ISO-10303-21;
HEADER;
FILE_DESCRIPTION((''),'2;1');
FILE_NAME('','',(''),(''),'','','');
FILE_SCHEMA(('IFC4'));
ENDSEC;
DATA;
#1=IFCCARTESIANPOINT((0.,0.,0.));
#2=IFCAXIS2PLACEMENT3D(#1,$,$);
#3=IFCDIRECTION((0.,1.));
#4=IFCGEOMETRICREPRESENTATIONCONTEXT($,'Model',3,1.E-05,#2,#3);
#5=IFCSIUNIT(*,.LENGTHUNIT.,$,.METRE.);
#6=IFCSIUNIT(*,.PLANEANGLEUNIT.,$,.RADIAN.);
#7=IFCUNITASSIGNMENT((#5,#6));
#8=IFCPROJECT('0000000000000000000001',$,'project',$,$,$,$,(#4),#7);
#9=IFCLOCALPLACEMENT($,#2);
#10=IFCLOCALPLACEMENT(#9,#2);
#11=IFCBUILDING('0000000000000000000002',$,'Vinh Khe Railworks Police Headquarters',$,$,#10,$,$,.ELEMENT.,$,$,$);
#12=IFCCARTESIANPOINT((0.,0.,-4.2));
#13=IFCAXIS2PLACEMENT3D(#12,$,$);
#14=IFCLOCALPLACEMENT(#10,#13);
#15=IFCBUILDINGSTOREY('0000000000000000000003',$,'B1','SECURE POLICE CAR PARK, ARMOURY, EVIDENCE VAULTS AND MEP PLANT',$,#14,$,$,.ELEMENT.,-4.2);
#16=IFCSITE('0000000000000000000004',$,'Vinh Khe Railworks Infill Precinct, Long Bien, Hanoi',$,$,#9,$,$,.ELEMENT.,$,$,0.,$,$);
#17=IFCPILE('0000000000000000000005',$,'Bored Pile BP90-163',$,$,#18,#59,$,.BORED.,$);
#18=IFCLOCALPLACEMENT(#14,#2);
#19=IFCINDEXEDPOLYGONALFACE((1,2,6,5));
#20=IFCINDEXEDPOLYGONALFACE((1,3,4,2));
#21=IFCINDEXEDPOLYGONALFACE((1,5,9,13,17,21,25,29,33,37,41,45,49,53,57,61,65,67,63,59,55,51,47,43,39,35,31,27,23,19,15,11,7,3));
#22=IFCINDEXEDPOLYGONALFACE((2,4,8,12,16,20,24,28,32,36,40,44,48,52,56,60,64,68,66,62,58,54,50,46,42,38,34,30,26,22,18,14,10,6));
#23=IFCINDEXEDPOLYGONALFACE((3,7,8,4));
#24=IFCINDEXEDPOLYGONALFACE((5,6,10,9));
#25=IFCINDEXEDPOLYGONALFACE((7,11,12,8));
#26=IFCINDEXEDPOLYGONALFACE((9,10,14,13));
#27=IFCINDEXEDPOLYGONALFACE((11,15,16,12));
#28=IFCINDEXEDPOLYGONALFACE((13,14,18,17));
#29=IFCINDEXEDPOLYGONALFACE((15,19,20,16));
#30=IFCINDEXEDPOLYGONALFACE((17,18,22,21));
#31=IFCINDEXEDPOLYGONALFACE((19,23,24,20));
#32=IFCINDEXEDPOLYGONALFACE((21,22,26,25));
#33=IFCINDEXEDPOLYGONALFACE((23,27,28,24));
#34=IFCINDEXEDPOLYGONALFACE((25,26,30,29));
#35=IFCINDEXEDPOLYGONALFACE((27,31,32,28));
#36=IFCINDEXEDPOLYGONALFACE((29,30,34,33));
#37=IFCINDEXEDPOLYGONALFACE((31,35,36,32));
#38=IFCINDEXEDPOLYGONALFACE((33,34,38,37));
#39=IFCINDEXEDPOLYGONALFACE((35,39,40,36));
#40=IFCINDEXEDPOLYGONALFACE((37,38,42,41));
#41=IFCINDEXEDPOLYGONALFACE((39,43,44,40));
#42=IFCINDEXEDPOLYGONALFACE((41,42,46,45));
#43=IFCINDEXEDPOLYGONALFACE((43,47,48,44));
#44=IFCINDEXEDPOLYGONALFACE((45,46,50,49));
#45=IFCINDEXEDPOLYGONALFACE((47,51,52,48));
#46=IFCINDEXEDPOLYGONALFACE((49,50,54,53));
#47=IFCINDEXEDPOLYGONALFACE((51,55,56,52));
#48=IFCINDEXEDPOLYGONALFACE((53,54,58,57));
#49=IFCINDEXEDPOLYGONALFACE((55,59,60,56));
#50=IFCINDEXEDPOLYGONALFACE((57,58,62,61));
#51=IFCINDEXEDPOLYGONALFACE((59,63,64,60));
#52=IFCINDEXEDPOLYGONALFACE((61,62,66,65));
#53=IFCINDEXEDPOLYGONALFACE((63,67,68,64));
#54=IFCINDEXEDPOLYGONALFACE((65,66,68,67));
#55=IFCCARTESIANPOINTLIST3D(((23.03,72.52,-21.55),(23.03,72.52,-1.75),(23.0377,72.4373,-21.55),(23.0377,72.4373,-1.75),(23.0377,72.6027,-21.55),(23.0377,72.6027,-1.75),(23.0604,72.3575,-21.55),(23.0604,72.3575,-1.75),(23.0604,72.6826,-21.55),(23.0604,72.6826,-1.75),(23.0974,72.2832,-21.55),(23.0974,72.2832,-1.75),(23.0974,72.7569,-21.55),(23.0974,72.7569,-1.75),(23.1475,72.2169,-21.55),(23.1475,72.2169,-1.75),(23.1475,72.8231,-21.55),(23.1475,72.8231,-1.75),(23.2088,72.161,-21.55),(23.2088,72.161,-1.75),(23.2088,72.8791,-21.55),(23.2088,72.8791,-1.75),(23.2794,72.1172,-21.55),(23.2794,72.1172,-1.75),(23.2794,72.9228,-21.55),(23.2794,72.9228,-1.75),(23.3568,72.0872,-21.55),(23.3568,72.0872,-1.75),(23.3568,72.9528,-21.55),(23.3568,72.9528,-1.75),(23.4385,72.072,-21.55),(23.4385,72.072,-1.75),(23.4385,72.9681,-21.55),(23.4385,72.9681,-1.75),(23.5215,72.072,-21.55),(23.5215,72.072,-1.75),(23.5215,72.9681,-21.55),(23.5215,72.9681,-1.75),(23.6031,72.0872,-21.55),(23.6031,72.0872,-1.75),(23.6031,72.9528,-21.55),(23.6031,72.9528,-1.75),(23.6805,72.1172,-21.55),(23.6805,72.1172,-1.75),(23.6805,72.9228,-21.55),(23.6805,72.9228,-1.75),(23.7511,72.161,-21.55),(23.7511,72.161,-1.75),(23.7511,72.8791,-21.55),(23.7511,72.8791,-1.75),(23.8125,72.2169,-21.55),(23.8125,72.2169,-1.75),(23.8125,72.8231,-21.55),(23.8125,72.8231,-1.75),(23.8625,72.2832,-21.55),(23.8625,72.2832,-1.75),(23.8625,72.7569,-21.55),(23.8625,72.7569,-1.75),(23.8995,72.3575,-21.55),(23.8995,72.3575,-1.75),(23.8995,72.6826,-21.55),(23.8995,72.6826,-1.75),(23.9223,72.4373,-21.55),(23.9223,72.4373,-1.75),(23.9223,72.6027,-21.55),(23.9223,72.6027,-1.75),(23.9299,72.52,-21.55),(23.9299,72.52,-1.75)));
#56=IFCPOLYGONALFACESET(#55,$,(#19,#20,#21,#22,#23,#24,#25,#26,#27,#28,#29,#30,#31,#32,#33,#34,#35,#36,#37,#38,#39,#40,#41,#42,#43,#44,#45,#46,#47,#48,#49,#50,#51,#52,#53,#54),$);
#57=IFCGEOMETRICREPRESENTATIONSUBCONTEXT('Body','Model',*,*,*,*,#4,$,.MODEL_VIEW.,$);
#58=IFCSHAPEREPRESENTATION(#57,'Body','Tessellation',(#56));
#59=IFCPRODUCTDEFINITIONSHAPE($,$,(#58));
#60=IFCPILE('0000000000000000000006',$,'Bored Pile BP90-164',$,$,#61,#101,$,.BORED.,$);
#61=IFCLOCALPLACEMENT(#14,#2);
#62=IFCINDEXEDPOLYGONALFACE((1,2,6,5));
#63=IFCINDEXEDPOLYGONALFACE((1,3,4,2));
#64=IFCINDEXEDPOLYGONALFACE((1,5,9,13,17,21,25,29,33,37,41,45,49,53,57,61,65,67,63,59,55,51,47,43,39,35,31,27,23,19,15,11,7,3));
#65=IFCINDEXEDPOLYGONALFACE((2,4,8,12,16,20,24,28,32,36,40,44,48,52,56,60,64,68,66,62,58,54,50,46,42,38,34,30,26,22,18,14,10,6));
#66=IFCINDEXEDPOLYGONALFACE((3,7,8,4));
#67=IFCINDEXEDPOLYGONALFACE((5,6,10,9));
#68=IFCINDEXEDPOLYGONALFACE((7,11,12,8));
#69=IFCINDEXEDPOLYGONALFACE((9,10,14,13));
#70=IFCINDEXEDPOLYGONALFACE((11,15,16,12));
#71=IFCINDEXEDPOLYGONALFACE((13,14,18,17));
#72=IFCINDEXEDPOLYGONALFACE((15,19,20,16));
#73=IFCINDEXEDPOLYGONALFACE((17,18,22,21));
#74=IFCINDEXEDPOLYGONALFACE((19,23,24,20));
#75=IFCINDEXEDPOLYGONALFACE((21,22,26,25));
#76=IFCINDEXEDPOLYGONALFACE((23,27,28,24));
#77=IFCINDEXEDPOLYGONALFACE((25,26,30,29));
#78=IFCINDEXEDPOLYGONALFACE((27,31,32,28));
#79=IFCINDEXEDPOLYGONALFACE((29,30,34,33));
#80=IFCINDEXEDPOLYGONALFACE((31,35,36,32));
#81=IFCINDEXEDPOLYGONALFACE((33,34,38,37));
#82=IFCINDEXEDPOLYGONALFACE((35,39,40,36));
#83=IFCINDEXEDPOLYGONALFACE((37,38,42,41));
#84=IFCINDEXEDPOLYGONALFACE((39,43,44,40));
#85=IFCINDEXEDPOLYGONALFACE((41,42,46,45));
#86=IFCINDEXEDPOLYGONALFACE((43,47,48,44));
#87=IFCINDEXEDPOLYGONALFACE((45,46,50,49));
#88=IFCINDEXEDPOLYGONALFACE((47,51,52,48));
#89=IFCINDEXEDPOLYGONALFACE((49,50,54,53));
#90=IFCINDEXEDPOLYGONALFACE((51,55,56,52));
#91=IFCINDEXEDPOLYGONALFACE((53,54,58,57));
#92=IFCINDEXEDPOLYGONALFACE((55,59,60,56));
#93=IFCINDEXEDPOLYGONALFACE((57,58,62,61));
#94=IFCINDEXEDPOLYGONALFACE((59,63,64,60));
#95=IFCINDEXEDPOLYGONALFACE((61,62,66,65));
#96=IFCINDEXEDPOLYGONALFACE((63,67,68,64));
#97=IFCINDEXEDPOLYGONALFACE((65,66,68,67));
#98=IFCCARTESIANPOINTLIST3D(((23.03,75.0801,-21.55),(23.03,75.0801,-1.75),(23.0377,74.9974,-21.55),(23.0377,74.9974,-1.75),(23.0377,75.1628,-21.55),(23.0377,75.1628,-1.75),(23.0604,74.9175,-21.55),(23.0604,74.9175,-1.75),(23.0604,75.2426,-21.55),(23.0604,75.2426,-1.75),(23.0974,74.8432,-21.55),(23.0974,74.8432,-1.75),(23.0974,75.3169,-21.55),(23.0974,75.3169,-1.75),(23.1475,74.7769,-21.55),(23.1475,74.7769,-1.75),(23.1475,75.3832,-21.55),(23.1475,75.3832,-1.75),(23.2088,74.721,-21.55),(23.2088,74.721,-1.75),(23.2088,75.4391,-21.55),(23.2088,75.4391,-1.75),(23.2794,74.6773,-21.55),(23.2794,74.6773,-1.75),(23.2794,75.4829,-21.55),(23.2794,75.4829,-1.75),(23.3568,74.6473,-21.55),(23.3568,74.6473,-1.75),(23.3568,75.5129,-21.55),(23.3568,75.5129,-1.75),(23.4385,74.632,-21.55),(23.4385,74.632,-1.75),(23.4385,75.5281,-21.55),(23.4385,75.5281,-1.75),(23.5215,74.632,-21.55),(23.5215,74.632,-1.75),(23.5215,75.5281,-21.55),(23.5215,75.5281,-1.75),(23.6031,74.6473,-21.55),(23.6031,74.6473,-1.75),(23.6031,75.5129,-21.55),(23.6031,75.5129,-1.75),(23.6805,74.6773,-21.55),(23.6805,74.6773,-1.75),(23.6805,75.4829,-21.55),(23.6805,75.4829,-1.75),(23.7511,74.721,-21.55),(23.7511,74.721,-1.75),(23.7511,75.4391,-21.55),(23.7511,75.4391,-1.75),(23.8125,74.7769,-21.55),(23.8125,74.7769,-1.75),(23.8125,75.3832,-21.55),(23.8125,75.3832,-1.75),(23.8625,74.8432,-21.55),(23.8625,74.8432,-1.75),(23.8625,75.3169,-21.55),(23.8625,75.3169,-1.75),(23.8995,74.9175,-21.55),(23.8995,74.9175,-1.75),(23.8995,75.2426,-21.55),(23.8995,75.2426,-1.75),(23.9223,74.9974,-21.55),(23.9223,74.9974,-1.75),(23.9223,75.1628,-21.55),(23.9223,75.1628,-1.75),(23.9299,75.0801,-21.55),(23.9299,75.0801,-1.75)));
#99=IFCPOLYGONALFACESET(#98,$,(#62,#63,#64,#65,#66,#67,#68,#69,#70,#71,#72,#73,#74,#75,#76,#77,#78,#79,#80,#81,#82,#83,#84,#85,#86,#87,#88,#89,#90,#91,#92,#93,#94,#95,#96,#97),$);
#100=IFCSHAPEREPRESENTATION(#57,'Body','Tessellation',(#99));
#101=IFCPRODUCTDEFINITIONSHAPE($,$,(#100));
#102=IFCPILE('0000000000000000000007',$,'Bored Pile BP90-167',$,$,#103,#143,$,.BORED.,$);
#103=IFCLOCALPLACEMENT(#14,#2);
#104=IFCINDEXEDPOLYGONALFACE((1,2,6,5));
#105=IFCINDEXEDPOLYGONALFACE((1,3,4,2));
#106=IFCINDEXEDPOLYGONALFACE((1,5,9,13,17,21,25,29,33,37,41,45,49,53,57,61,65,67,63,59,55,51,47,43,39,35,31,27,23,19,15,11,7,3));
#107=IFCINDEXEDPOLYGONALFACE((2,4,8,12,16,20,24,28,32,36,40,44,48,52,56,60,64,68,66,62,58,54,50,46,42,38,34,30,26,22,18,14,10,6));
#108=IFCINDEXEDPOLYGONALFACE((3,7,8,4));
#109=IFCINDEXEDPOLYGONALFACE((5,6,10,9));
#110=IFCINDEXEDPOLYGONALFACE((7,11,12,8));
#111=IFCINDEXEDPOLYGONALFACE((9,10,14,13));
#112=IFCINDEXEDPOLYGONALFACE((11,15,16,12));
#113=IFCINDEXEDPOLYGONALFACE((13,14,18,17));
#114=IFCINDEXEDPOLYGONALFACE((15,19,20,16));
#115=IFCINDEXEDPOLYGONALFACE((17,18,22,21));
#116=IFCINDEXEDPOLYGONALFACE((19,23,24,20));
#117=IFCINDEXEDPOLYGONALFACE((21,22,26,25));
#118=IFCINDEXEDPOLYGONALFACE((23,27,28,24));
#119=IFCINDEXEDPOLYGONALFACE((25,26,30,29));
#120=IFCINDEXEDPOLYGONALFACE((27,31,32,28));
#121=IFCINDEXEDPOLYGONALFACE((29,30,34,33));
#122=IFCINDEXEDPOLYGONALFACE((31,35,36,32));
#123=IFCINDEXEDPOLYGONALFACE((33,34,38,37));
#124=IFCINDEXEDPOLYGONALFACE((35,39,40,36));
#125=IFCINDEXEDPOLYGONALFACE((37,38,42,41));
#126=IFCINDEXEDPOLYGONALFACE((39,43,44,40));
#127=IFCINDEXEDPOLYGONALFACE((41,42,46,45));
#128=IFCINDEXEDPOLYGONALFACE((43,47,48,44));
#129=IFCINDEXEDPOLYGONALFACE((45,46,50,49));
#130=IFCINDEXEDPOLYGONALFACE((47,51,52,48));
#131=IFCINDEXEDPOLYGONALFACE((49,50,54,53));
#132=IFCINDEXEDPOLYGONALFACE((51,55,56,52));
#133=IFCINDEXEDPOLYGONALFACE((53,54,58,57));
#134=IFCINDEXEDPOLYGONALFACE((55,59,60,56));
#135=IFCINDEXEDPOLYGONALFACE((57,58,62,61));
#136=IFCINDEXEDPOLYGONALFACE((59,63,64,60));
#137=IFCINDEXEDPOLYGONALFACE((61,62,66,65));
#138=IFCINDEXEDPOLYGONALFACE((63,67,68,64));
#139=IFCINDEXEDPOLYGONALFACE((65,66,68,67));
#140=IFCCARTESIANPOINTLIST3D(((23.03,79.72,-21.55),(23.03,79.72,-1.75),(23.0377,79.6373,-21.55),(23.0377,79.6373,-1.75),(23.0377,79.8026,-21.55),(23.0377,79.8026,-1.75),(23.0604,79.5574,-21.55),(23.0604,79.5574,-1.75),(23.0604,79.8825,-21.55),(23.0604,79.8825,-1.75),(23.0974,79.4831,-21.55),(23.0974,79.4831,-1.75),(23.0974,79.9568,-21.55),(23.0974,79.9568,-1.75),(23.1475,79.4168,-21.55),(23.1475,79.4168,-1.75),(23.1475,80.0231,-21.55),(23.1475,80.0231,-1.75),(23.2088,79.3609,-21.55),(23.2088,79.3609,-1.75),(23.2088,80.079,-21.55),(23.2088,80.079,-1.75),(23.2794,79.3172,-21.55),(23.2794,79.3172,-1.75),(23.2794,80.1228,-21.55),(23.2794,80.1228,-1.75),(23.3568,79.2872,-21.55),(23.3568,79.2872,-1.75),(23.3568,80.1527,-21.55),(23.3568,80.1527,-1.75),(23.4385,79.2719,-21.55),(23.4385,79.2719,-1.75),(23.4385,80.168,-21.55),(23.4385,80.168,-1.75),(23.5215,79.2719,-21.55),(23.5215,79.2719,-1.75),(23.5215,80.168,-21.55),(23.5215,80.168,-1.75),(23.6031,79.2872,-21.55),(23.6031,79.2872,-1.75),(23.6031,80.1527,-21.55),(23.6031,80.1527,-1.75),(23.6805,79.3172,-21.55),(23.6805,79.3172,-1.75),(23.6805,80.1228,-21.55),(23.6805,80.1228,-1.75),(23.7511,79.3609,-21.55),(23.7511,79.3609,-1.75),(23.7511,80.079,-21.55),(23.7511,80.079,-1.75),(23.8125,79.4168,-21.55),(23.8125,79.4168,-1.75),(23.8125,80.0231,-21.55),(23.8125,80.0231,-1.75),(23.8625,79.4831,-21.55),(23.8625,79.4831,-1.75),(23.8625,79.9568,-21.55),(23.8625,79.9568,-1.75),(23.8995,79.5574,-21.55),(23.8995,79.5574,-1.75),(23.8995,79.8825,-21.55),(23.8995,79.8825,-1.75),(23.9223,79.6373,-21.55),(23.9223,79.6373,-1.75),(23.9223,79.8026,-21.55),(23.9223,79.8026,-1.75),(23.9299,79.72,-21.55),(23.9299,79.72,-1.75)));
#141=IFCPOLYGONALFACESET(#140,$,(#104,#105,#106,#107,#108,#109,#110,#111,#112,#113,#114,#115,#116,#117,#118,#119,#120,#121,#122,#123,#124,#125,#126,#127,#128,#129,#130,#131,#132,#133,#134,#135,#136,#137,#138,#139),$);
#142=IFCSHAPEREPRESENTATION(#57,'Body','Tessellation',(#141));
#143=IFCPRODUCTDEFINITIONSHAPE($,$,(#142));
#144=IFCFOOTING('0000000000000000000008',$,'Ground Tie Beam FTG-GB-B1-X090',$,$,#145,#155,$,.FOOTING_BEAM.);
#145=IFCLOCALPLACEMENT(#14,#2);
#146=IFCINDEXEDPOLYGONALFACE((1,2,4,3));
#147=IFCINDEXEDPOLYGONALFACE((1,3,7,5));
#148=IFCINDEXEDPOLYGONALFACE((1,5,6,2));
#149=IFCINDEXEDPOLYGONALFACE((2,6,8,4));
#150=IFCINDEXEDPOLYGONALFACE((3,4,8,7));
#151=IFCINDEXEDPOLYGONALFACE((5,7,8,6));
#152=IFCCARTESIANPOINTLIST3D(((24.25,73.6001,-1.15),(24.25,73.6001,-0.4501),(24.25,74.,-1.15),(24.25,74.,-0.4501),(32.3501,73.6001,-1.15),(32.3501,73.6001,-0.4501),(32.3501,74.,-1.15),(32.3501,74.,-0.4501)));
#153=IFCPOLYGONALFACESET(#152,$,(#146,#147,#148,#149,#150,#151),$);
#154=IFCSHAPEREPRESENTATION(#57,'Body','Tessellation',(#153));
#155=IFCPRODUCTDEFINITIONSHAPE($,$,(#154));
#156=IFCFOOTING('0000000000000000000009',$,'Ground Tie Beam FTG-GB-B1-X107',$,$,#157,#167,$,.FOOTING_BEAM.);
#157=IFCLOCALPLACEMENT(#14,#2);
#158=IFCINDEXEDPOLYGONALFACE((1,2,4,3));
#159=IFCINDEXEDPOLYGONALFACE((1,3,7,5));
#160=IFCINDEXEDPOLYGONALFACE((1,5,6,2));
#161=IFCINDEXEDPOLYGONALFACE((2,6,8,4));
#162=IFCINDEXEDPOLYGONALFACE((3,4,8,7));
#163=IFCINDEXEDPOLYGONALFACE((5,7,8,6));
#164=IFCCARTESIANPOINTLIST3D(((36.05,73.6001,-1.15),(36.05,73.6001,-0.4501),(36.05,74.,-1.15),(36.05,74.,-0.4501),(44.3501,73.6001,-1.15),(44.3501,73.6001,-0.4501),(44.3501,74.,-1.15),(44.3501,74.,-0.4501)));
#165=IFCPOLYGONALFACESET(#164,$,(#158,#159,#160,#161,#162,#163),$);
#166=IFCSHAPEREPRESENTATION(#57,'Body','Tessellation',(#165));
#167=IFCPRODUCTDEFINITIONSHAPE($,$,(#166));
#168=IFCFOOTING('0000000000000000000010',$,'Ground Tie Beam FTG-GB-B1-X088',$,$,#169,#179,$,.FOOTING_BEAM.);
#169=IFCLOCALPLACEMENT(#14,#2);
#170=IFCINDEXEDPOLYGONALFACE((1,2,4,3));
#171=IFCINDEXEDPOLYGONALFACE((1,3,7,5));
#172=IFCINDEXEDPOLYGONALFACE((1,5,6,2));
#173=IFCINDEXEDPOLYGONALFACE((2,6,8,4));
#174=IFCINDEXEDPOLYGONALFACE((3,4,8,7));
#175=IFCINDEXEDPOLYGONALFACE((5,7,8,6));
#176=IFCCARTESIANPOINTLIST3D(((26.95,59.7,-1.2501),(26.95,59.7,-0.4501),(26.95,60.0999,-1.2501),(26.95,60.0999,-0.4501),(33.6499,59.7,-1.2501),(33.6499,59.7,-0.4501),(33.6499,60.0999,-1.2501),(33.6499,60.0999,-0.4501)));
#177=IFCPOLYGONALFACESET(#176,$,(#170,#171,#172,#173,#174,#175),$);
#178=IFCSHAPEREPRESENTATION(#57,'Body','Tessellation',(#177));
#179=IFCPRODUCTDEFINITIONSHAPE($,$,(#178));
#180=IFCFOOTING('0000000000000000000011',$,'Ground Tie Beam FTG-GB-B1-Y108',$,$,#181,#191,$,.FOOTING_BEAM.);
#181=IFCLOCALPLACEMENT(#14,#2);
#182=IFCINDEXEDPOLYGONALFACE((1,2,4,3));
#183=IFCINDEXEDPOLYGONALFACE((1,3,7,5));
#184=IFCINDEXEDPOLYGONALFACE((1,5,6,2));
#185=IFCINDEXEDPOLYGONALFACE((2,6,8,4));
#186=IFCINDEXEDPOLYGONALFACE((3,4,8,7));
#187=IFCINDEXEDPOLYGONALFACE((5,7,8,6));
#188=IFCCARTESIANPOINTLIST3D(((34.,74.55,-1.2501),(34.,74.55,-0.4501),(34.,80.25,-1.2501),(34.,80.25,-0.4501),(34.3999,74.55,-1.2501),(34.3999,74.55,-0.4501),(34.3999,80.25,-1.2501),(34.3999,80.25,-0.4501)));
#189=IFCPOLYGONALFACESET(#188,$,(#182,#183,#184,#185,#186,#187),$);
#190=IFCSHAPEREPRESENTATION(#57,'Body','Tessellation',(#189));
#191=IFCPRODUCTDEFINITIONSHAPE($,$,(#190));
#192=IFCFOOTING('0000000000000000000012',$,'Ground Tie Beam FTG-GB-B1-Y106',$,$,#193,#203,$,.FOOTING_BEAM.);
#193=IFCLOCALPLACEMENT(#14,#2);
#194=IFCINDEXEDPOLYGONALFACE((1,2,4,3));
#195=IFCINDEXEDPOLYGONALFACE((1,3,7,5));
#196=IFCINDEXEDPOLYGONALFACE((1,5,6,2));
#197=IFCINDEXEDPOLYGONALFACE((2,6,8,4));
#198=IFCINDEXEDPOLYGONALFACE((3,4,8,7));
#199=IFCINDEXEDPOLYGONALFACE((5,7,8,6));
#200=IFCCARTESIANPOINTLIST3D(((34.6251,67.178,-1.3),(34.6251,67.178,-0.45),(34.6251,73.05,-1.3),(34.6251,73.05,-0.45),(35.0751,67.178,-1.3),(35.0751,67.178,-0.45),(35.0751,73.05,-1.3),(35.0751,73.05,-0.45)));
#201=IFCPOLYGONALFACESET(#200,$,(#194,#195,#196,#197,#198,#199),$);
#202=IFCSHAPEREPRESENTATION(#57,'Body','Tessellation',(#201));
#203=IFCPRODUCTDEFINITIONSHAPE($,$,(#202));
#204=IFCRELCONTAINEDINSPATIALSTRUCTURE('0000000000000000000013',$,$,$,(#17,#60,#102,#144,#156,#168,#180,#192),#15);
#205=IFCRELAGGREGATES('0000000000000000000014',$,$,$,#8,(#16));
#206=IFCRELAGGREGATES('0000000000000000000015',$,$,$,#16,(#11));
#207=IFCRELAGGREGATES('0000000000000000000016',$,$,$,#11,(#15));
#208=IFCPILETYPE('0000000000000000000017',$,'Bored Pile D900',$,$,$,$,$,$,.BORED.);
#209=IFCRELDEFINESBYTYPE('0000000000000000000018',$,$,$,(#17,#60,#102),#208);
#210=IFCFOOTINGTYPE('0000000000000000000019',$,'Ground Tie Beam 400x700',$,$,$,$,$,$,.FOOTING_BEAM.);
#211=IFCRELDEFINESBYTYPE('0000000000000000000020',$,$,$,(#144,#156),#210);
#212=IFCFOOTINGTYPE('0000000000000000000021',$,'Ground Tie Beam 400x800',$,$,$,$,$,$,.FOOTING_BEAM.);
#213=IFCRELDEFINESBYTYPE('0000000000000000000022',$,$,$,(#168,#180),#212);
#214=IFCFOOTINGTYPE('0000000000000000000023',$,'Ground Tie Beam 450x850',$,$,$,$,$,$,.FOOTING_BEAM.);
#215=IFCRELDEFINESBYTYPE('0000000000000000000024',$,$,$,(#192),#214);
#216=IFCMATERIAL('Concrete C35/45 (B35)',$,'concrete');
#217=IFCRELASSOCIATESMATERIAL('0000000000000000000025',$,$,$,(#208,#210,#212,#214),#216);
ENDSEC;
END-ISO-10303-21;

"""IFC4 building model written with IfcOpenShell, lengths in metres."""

from ifc_helpers import new_model, si_unit, direction, frame, origin, origin_2d, place, context, subcontext, project, spatial, rectangle, circle, extrude, material, material_profile, profile_set, type_object, element, save


model = new_model("IFC4")

# Units and contexts
model_context = context("Model", 3, precision=1e-05, world=origin(), true_north=direction((0.0, 1.0)))
body_context = subcontext(model_context, "Body", "Model", "MODEL_VIEW")
ifc_project = project(units=[si_unit("LENGTHUNIT", "METRE"), si_unit("PLANEANGLEUNIT", "RADIAN")], contexts=[model_context])

# Site, building, storey
site_placement = place(None, origin())
site = spatial("IfcSite", under=ifc_project, at=site_placement, Name="Vinh Khe Railworks Infill Precinct, Long Bien, Hanoi", CompositionType="ELEMENT", RefElevation=0.0)
building_placement = place(site_placement, origin())
building = spatial("IfcBuilding", under=site, at=building_placement, Name="Vinh Khe Railworks Police Headquarters", CompositionType="ELEMENT")
storey_placement = place(building_placement, frame((0.0, 0.0, -4.2)))
storey = spatial("IfcBuildingStorey", under=building, at=storey_placement, Name="B1", Description="SECURE POLICE CAR PARK, ARMOURY, EVIDENCE VAULTS AND MEP PLANT", CompositionType="ELEMENT", Elevation=-4.2)

# Piles
ifc_material_1 = material(Name="Concrete C35/45 (B35)", Category="concrete")
ifc_material_profile_1 = material_profile(ifc_material_1, circle(Radius=0.45, at=origin_2d()), Name="BORED PILE D900")
ifc_profile_set_1 = profile_set([ifc_material_profile_1], Name="Concrete C35/45 (B35)")
pile_type_1 = type_object("IfcPileType", Name="Bored Pile D900", PredefinedType="BORED", material=ifc_profile_set_1)
for number, where, z_axis, x_axis, name in (
    (1, (23.48, 72.52, -1.75), (0.0, 0.0, -1.0), (1.0, 0.0, 0.0), "Bored Pile BP90-163"),
    (2, (23.48, 75.0801, -1.75), (0.0, 0.0, -1.0), (1.0, 0.0, 0.0), "Bored Pile BP90-164"),
    (3, (23.48, 79.72, -1.75), (0.0, 0.0, -1.0), (1.0, 0.0, 0.0), "Bored Pile BP90-167"),
):
    element("IfcPile", number, at=place(storey_placement, frame(where, z_axis=z_axis, x_axis=x_axis)), inside=storey, type_object=pile_type_1, Name=name, PredefinedType="BORED", context=body_context, shape_type="SweptSolid", body=[
        extrude(circle(Radius=0.45, at=origin_2d()), origin(), (0.0, 0.0, 1.0), 19.8),
    ])

# Footings
ifc_material_profile_2 = material_profile(ifc_material_1, rectangle(XDim=0.3999, YDim=0.7, at=origin_2d()), Name="RC 400x700")
ifc_profile_set_2 = profile_set([ifc_material_profile_2], Name="Concrete C35/45 (B35)")
footing_type_1 = type_object("IfcFootingType", Name="Ground Tie Beam 400x700", PredefinedType="FOOTING_BEAM", material=ifc_profile_set_2)
footing_1_placement = place(storey_placement, frame((24.25, 73.8, -0.8), z_axis=(1.0, 0.0, 0.0), x_axis=(0.0, 1.0, 0.0)))
element("IfcFooting", 4, at=footing_1_placement, inside=storey, type_object=footing_type_1, Name="Ground Tie Beam FTG-GB-B1-X090", PredefinedType="FOOTING_BEAM", context=body_context, shape_type="SweptSolid", body=[
    extrude(rectangle(XDim=0.3999, YDim=0.7, at=origin_2d()), origin(), (0.0, 0.0, 1.0), 8.1001),
])
footing_2_placement = place(storey_placement, frame((36.05, 73.8, -0.8), z_axis=(1.0, 0.0, 0.0), x_axis=(0.0, 1.0, 0.0)))
element("IfcFooting", 5, at=footing_2_placement, inside=storey, type_object=footing_type_1, Name="Ground Tie Beam FTG-GB-B1-X107", PredefinedType="FOOTING_BEAM", context=body_context, shape_type="SweptSolid", body=[
    extrude(rectangle(XDim=0.3999, YDim=0.7, at=origin_2d()), origin(), (0.0, 0.0, 1.0), 8.3),
])
ifc_material_profile_3 = material_profile(ifc_material_1, rectangle(XDim=0.3999, YDim=0.8, at=origin_2d()), Name="RC 400x800")
ifc_profile_set_3 = profile_set([ifc_material_profile_3], Name="Concrete C35/45 (B35)")
footing_type_2 = type_object("IfcFootingType", Name="Ground Tie Beam 400x800", PredefinedType="FOOTING_BEAM", material=ifc_profile_set_3)
footing_3_placement = place(storey_placement, frame((26.95, 59.8999, -0.8501), z_axis=(1.0, 0.0, 0.0), x_axis=(0.0, 1.0, 0.0)))
element("IfcFooting", 6, at=footing_3_placement, inside=storey, type_object=footing_type_2, Name="Ground Tie Beam FTG-GB-B1-X088", PredefinedType="FOOTING_BEAM", context=body_context, shape_type="SweptSolid", body=[
    extrude(rectangle(XDim=0.3999, YDim=0.8, at=origin_2d()), origin(), (0.0, 0.0, 1.0), 6.7),
])
footing_4_placement = place(storey_placement, frame((34.2, 74.55, -0.8501), z_axis=(0.0, 1.0, 0.0), x_axis=(-1.0, 0.0, 0.0)))
element("IfcFooting", 7, at=footing_4_placement, inside=storey, type_object=footing_type_2, Name="Ground Tie Beam FTG-GB-B1-Y108", PredefinedType="FOOTING_BEAM", context=body_context, shape_type="SweptSolid", body=[
    extrude(rectangle(XDim=0.3999, YDim=0.8, at=origin_2d()), origin(), (0.0, 0.0, 1.0), 5.7),
])
ifc_material_profile_4 = material_profile(ifc_material_1, rectangle(XDim=0.45, YDim=0.8501, at=origin_2d()), Name="RC 450x850")
ifc_profile_set_4 = profile_set([ifc_material_profile_4], Name="Concrete C35/45 (B35)")
footing_type_3 = type_object("IfcFootingType", Name="Ground Tie Beam 450x850", PredefinedType="FOOTING_BEAM", material=ifc_profile_set_4)
footing_5_placement = place(storey_placement, frame((34.8501, 67.178, -0.875), z_axis=(0.0, 1.0, 0.0), x_axis=(-1.0, 0.0, 0.0)))
element("IfcFooting", 8, at=footing_5_placement, inside=storey, type_object=footing_type_3, Name="Ground Tie Beam FTG-GB-B1-Y106", PredefinedType="FOOTING_BEAM", context=body_context, shape_type="SweptSolid", body=[
    extrude(rectangle(XDim=0.45, YDim=0.8501, at=origin_2d()), origin(), (0.0, 0.0, 1.0), 5.8721),
])

save(model, "model.ifc")
